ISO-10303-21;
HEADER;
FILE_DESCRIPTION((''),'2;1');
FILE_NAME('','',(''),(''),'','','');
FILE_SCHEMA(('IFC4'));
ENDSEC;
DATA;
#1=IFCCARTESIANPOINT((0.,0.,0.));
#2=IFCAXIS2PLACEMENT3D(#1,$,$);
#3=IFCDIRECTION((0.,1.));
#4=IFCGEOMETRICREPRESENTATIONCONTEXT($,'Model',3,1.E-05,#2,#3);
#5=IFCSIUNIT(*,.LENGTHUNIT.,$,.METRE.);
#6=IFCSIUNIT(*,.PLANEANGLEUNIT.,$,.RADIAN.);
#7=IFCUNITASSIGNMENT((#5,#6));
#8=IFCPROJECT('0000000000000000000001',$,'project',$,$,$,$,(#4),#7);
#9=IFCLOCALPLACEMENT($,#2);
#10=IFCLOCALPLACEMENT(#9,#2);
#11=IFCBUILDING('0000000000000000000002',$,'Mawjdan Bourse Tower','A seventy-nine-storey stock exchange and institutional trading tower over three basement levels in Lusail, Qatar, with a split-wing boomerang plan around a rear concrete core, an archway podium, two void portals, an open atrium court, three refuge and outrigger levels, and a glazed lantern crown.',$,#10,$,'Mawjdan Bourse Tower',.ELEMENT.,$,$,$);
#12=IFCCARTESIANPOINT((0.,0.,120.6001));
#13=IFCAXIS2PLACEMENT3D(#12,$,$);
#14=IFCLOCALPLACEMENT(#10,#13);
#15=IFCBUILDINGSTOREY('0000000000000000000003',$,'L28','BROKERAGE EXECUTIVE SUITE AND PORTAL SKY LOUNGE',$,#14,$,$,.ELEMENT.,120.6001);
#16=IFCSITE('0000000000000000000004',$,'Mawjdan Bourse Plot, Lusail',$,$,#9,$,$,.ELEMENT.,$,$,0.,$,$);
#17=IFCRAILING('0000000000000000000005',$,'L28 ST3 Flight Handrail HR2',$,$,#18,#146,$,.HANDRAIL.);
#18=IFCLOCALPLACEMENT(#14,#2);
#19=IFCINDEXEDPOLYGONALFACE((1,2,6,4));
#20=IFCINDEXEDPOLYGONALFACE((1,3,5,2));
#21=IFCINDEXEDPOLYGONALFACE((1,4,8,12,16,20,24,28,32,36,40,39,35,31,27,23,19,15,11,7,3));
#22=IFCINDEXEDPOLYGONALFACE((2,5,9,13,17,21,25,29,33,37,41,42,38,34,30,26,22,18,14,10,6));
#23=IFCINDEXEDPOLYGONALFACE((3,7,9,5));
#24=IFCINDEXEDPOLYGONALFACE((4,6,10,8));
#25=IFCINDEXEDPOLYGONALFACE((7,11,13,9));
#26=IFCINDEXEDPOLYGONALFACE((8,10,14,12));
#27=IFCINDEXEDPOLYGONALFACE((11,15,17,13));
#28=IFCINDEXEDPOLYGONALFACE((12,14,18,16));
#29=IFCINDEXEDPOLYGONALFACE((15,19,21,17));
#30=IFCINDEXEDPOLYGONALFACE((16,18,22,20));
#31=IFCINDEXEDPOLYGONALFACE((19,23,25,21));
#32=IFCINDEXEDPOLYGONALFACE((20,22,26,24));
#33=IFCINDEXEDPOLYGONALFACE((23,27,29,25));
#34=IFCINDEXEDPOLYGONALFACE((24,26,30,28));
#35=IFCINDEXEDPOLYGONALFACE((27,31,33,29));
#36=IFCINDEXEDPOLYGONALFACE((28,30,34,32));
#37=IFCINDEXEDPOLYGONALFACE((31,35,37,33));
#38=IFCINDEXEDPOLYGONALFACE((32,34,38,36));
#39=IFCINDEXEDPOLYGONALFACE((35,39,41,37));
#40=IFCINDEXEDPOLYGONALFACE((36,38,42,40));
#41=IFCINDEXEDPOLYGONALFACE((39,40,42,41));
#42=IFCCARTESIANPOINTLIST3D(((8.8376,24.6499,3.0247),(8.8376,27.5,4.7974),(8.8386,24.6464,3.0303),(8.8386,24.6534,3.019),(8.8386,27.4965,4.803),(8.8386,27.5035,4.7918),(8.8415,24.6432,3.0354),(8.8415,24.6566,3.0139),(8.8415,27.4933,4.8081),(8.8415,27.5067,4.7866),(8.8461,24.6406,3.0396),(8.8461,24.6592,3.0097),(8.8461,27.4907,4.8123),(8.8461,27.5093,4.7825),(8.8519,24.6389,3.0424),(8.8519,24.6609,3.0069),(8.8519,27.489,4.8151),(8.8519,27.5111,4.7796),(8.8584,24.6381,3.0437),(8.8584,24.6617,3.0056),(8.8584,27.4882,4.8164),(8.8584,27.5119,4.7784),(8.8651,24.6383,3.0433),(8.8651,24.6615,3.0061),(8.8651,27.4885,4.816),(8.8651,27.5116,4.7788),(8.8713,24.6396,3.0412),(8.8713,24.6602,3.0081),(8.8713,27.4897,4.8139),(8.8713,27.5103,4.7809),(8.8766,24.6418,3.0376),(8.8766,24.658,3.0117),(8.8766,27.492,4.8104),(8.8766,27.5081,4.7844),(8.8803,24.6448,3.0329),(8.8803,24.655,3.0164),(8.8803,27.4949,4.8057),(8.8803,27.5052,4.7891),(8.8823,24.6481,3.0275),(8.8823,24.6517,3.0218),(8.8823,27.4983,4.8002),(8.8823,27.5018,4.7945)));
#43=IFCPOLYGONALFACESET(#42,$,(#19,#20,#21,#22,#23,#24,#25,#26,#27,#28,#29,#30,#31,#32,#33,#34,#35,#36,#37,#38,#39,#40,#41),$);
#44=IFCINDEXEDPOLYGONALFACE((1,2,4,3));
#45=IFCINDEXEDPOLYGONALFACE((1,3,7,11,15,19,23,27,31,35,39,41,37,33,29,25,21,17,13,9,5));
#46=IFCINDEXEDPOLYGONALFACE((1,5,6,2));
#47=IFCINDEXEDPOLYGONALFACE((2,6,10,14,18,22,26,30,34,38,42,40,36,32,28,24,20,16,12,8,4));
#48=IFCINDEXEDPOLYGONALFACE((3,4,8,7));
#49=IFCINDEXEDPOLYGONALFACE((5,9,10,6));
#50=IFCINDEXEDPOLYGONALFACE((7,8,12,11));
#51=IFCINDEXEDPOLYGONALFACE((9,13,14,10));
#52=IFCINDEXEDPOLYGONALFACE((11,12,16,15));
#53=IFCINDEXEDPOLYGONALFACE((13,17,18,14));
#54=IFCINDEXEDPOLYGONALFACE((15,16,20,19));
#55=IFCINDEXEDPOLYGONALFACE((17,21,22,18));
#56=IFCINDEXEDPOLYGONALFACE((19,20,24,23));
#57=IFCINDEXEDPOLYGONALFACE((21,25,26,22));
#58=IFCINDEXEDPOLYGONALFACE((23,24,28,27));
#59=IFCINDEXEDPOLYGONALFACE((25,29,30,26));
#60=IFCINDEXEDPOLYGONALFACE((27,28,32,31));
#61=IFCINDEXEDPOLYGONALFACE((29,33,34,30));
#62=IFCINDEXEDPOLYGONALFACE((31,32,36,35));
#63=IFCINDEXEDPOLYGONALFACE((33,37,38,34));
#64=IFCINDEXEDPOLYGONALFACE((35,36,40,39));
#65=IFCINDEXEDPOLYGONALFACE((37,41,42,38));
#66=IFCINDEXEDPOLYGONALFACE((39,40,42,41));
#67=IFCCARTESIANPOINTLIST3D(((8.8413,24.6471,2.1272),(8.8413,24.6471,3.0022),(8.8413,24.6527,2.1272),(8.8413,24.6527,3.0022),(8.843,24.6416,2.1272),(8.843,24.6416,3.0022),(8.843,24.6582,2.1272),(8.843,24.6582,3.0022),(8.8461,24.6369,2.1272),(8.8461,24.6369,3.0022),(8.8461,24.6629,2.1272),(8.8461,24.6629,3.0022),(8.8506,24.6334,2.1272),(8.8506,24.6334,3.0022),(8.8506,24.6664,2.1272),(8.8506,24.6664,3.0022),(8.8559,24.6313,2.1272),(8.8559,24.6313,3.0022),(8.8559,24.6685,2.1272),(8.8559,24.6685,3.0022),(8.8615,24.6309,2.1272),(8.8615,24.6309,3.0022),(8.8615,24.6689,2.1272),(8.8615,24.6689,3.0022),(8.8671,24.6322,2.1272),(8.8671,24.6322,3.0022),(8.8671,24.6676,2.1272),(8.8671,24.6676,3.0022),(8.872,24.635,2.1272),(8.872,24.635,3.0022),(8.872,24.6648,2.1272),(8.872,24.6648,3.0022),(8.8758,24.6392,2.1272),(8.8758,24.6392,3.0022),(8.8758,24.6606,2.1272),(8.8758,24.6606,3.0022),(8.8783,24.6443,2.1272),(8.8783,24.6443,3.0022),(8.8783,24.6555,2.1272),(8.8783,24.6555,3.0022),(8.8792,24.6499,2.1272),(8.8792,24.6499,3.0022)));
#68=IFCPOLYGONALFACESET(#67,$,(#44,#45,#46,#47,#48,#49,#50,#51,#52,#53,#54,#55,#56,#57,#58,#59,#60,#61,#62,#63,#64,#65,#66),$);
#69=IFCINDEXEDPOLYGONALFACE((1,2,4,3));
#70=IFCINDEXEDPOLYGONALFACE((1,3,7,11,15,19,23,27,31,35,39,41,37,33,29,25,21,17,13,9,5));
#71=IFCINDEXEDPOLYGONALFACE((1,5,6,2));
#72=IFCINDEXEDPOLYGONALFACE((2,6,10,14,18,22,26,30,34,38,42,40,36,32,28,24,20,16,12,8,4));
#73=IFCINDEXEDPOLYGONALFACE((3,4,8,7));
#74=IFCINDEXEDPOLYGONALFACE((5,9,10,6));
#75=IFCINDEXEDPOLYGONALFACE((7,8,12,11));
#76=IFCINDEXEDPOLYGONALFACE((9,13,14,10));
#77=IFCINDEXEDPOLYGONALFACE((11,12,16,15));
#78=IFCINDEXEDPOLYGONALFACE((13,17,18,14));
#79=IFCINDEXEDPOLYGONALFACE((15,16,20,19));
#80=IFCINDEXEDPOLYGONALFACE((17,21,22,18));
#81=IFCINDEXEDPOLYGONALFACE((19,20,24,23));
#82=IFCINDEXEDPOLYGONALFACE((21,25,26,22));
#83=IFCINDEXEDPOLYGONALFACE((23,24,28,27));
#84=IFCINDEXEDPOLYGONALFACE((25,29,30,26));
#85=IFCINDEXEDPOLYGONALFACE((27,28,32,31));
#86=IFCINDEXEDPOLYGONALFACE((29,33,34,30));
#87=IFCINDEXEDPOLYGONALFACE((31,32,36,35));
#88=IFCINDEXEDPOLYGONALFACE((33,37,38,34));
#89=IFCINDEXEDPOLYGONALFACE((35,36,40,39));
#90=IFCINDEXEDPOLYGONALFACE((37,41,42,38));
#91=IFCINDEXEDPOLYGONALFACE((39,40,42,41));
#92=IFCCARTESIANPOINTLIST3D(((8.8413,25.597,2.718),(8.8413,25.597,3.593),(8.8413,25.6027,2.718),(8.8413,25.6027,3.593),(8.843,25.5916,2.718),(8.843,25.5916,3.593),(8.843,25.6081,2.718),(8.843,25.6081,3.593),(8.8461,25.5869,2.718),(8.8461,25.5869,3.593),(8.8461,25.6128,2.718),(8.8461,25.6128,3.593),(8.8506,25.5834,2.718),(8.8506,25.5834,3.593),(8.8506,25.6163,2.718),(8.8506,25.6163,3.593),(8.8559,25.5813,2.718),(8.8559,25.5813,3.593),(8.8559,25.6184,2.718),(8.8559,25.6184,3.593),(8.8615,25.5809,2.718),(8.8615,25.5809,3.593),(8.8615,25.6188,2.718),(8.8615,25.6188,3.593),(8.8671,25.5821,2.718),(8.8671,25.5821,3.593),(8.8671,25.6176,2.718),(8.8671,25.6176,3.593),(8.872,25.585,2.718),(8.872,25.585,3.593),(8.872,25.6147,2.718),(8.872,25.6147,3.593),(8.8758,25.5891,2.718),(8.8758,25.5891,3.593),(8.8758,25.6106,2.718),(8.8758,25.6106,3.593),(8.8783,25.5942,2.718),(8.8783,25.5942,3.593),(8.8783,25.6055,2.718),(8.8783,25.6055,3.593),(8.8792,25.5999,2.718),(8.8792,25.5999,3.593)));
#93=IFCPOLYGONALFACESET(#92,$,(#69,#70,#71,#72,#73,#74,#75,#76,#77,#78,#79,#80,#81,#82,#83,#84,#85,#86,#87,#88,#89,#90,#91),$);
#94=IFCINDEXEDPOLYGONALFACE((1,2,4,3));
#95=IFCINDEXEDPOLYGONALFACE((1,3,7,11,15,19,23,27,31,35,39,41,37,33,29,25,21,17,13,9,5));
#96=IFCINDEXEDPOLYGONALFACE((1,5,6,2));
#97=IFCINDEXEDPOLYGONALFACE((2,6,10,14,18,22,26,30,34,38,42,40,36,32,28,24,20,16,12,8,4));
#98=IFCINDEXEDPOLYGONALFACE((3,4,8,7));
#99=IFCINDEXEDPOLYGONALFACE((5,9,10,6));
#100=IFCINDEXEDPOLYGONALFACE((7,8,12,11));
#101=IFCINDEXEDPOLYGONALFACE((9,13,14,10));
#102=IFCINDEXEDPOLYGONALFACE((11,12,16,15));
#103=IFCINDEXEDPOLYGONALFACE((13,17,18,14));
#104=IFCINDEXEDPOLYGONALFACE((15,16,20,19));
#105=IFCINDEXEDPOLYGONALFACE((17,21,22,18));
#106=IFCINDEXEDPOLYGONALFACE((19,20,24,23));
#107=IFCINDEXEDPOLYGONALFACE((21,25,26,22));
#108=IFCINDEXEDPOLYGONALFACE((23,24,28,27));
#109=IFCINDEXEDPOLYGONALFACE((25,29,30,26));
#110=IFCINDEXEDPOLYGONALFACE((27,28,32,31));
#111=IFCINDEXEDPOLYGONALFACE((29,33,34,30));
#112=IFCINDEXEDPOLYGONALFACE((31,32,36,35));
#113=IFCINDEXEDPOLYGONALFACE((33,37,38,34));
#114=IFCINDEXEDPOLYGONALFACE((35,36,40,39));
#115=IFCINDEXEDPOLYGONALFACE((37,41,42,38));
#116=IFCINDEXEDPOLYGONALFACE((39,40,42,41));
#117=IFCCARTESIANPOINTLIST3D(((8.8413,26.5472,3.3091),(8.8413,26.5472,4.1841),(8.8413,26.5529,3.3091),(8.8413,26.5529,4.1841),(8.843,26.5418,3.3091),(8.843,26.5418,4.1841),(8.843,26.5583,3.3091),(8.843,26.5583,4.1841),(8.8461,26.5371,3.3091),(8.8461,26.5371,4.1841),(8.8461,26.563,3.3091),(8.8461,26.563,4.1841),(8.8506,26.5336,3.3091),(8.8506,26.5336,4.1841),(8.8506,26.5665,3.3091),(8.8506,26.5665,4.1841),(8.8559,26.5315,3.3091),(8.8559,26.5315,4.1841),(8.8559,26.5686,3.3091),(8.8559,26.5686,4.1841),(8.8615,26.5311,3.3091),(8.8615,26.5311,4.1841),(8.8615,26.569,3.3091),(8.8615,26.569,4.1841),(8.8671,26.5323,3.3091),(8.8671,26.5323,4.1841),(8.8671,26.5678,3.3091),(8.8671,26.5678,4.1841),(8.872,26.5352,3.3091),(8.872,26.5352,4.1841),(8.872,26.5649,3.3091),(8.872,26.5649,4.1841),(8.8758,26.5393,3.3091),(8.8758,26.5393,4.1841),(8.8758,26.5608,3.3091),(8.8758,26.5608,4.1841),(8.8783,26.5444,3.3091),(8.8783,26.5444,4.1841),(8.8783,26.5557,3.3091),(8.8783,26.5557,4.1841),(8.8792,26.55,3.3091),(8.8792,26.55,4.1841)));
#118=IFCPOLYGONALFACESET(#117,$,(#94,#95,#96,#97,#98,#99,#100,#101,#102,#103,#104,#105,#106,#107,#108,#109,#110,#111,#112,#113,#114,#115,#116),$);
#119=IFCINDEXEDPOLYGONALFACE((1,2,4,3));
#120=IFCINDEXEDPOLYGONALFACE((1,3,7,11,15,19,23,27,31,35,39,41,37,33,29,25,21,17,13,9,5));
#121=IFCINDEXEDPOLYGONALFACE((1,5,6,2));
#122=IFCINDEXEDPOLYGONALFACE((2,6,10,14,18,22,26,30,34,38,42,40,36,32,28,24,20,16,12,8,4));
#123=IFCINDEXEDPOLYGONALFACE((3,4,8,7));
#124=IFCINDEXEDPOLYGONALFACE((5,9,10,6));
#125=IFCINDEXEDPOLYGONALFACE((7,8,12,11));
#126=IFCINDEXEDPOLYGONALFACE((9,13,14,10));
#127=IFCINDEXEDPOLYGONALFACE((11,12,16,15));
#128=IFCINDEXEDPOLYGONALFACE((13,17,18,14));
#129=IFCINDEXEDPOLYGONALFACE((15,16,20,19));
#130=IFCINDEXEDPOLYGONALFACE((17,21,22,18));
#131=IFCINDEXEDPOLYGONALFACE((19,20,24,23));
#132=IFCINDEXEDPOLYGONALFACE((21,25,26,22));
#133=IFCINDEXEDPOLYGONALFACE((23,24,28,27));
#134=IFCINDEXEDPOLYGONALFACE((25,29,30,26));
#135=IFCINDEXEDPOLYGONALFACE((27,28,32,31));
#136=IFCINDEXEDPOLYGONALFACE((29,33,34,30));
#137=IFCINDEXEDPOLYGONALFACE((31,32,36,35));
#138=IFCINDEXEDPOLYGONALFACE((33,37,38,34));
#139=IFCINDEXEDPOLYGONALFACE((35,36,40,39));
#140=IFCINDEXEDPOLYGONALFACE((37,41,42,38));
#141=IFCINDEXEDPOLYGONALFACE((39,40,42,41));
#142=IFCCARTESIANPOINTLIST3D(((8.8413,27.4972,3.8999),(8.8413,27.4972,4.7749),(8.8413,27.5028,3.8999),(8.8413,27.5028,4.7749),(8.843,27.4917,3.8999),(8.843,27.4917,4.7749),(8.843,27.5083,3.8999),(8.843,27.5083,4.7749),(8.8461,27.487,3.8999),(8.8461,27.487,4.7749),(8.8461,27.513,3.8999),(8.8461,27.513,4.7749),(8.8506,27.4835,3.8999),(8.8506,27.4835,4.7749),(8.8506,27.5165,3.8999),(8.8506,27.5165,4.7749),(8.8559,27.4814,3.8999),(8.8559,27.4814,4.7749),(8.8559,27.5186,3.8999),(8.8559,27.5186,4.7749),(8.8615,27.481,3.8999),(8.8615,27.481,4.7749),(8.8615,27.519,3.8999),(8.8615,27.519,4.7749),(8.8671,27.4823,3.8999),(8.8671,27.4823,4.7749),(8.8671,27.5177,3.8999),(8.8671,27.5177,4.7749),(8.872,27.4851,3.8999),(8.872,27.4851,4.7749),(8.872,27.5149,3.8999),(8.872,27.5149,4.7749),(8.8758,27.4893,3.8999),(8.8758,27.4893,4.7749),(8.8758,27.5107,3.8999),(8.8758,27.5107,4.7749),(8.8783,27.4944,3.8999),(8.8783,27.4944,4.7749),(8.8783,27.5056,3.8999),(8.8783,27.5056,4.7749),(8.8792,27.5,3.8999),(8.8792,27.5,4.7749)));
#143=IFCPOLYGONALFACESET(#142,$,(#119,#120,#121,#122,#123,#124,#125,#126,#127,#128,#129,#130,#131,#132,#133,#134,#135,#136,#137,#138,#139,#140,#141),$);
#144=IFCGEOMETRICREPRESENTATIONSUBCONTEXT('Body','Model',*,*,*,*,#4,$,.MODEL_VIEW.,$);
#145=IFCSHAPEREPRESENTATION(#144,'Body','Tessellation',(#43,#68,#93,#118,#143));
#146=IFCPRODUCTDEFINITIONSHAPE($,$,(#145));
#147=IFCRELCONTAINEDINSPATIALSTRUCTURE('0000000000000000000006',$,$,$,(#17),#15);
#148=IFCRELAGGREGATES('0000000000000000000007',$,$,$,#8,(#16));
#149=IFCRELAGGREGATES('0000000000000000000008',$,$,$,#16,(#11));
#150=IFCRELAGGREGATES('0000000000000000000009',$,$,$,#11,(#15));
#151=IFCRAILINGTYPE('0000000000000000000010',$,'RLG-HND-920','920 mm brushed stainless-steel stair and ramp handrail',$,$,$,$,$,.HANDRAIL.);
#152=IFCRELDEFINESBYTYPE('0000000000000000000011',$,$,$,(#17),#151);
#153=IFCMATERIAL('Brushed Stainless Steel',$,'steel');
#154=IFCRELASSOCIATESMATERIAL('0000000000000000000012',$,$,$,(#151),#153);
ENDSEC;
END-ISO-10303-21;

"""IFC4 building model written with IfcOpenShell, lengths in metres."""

from ifc_helpers import new_model, si_unit, direction, frame, origin, origin_2d, place, context, subcontext, project, spatial, circle, extrude, material, type_object, element, save


model = new_model("IFC4")

# Units and contexts
model_context = context("Model", 3, precision=1e-05, world=origin(), true_north=direction((0.0, 1.0)))
body_context = subcontext(model_context, "Body", "Model", "MODEL_VIEW")
ifc_project = project(units=[si_unit("LENGTHUNIT", "METRE"), si_unit("PLANEANGLEUNIT", "RADIAN")], contexts=[model_context])

# Site, building, storey
site_placement = place(None, origin())
site = spatial("IfcSite", under=ifc_project, at=site_placement, Name="Mawjdan Bourse Plot, Lusail", CompositionType="ELEMENT", RefElevation=0.0)
building_placement = place(site_placement, origin())
building = spatial("IfcBuilding", under=site, at=building_placement, Name="Mawjdan Bourse Tower", Description="A seventy-nine-storey stock exchange and institutional trading tower over three basement levels in Lusail, Qatar, with a split-wing boomerang plan around a rear concrete core, an archway podium, two void portals, an open atrium court, three refuge and outrigger levels, and a glazed lantern crown.", LongName="Mawjdan Bourse Tower", CompositionType="ELEMENT")
storey_placement = place(building_placement, frame((0.0, 0.0, 120.6001)))
storey = spatial("IfcBuildingStorey", under=building, at=storey_placement, Name="L28", Description="BROKERAGE EXECUTIVE SUITE AND PORTAL SKY LOUNGE", CompositionType="ELEMENT", Elevation=120.6001)

# Railing
ifc_material_1 = material(Name="Brushed Stainless Steel", Category="steel")
railing_type_1 = type_object("IfcRailingType", Name="RLG-HND-920", Description="920 mm brushed stainless-steel stair and ramp handrail", PredefinedType="HANDRAIL", material=ifc_material_1)
railing_1_placement = place(storey_placement, frame((8.8601, 24.6499, 2.1272)))
element("IfcRailing", 1, at=railing_1_placement, inside=storey, type_object=railing_type_1, Name="L28 ST3 Flight Handrail HR2", PredefinedType="HANDRAIL", context=body_context, shape_type="SweptSolid", body=[
    extrude(circle(Radius=0.0225, at=origin_2d()), frame((0.0, 0.0, 0.8975), z_axis=(0.0, 0.849149, 0.528154), x_axis=(-1.0, 0.0, 0.0)), (0.0, 0.0, 1.0), 3.3564),
    extrude(circle(Radius=0.019, at=origin_2d()), origin(), (0.0, 0.0, 1.0), 0.875),
    extrude(circle(Radius=0.019, at=origin_2d()), frame((0.0, 0.95, 0.5908)), (0.0, 0.0, 1.0), 0.875),
    extrude(circle(Radius=0.019, at=origin_2d()), frame((0.0, 1.9001, 1.1819)), (0.0, 0.0, 1.0), 0.875),
    extrude(circle(Radius=0.019, at=origin_2d()), frame((0.0, 2.8501, 1.7727)), (0.0, 0.0, 1.0), 0.875),
])

save(model, "model.ifc")
